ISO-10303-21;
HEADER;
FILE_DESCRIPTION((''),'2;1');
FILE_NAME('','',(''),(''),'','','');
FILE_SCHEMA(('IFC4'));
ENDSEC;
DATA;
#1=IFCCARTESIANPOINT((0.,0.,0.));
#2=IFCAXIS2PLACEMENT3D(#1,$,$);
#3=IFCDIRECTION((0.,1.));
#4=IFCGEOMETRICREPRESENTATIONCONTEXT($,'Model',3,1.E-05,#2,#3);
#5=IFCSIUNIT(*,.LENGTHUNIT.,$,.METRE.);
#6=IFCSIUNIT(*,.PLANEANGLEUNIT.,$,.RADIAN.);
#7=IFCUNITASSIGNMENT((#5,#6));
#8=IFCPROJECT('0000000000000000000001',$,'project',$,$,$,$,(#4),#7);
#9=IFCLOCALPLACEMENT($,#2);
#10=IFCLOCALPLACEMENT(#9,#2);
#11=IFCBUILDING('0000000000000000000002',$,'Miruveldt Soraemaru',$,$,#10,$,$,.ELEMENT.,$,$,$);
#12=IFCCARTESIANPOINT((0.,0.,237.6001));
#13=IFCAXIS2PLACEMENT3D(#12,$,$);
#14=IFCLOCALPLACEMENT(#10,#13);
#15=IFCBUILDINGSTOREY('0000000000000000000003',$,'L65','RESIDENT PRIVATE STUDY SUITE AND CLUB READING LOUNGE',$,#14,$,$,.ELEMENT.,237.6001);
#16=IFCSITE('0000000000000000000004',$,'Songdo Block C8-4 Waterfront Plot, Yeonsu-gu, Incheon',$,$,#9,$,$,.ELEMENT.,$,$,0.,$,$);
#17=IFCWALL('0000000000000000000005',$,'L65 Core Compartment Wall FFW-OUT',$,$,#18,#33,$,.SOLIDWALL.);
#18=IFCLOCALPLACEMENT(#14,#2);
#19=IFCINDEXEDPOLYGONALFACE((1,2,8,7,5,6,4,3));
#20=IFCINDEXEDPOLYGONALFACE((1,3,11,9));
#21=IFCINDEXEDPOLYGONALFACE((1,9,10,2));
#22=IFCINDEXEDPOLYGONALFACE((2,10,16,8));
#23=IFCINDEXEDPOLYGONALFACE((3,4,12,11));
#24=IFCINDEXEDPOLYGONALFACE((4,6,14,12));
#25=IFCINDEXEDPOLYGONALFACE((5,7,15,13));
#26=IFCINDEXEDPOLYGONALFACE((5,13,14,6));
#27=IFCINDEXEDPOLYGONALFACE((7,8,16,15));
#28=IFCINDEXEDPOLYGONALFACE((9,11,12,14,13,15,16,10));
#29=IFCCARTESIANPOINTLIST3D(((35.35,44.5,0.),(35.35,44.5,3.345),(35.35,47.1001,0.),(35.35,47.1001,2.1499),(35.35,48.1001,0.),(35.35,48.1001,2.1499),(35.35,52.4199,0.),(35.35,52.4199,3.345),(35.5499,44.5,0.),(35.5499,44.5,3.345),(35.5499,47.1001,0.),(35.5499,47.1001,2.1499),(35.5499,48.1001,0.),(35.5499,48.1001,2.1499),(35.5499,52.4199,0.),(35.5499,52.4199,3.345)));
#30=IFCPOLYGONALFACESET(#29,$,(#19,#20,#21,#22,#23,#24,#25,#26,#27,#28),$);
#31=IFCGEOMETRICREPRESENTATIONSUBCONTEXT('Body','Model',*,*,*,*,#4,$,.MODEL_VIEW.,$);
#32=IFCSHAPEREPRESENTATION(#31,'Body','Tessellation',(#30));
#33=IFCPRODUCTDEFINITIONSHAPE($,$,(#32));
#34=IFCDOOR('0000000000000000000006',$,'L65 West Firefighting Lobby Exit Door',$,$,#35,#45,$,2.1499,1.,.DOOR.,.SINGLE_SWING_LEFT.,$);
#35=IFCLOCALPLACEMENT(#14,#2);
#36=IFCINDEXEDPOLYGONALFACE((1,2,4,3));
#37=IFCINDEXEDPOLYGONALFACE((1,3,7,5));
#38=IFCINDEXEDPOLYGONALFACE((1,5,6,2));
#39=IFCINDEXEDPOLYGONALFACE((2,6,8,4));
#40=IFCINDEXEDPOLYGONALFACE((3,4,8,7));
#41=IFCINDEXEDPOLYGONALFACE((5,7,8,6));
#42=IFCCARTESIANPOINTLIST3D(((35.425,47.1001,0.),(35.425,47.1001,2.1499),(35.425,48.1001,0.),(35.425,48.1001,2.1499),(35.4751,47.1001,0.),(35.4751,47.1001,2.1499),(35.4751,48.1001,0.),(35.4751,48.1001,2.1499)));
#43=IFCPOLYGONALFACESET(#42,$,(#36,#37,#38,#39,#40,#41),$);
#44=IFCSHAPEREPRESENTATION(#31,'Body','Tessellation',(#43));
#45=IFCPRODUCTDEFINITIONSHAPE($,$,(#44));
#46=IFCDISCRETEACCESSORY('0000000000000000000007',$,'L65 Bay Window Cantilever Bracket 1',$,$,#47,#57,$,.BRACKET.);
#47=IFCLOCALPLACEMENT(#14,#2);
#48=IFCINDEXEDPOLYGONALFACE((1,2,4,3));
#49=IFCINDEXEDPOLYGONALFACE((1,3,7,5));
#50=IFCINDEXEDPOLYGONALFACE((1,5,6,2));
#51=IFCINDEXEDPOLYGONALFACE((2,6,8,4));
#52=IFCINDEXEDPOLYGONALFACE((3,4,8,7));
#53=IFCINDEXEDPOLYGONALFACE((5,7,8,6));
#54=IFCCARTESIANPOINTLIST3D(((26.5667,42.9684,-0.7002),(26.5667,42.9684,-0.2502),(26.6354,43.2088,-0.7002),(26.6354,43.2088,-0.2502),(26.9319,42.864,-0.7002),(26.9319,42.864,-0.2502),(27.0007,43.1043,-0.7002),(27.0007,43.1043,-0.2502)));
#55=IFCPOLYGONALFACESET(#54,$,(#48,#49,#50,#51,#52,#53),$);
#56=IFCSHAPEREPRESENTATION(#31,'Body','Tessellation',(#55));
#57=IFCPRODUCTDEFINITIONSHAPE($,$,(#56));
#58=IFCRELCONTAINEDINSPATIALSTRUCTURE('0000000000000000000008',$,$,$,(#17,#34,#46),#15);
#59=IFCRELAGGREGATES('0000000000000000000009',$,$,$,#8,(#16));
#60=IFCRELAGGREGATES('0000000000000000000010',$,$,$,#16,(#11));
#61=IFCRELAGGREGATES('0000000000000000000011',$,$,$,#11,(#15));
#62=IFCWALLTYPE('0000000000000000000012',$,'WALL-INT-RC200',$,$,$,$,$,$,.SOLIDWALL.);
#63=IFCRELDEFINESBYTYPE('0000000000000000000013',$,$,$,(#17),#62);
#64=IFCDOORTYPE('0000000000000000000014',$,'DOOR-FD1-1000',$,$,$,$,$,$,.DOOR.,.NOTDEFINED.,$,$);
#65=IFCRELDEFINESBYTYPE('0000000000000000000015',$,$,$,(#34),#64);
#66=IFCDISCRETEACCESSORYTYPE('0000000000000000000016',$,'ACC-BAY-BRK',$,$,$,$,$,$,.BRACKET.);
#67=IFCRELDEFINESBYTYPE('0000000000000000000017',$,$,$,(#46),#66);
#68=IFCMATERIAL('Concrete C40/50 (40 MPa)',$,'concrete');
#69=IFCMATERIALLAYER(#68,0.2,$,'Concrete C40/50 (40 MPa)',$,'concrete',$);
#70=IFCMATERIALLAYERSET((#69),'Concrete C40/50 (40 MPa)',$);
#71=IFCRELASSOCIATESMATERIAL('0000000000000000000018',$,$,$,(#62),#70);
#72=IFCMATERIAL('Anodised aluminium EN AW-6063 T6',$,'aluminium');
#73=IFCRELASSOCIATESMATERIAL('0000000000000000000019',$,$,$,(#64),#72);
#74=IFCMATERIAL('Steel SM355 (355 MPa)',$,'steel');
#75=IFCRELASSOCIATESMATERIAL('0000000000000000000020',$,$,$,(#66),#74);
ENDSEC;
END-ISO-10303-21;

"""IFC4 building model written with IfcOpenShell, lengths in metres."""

from ifc_helpers import new_model, si_unit, direction, frame, frame_2d, origin, origin_2d, place, context, subcontext, project, spatial, rectangle, extrude, material, layer, layer_set, type_object, element, fill, save


model = new_model("IFC4")

# Units and contexts
model_context = context("Model", 3, precision=1e-05, world=origin(), true_north=direction((0.0, 1.0)))
body_context = subcontext(model_context, "Body", "Model", "MODEL_VIEW")
ifc_project = project(units=[si_unit("LENGTHUNIT", "METRE"), si_unit("PLANEANGLEUNIT", "RADIAN")], contexts=[model_context])

# Site, building, storey
site_placement = place(None, origin())
site = spatial("IfcSite", under=ifc_project, at=site_placement, Name="Songdo Block C8-4 Waterfront Plot, Yeonsu-gu, Incheon", CompositionType="ELEMENT", RefElevation=0.0)
building_placement = place(site_placement, origin())
building = spatial("IfcBuilding", under=site, at=building_placement, Name="Miruveldt Soraemaru", CompositionType="ELEMENT")
storey_placement = place(building_placement, frame((0.0, 0.0, 237.6001)))
storey = spatial("IfcBuildingStorey", under=building, at=storey_placement, Name="L65", Description="RESIDENT PRIVATE STUDY SUITE AND CLUB READING LOUNGE", CompositionType="ELEMENT", Elevation=237.6001)

# Shared definitions
ifc_material_1 = material(Name="Concrete C40/50 (40 MPa)", Category="concrete")
ifc_material_2 = material(Name="Anodised aluminium EN AW-6063 T6", Category="aluminium")

# Wall, opening, door
ifc_layer_1 = layer(ifc_material_1, 0.2, Name="Concrete C40/50 (40 MPa)", Category="concrete")
ifc_layer_set_1 = layer_set([ifc_layer_1], Name="Concrete C40/50 (40 MPa)")
wall_type_1 = type_object("IfcWallType", Name="WALL-INT-RC200", PredefinedType="SOLIDWALL", material=ifc_layer_set_1)
wall_1_placement = place(storey_placement, frame((35.45, 44.5, 0.0), z_axis=(0.0, 0.0, 1.0), x_axis=(0.0, 1.0, 0.0)))
wall_1 = element("IfcWall", 1, at=wall_1_placement, inside=storey, type_object=wall_type_1, Name="L65 Core Compartment Wall FFW-OUT", PredefinedType="SOLIDWALL", context=body_context, shape_type="SweptSolid", body=[
    extrude(rectangle(XDim=7.9199, YDim=0.2, at=frame_2d((3.96, 0.0))), origin(), (0.0, 0.0, 1.0), 3.345),
])
opening_1_placement = place(wall_1_placement, frame((2.6001, 0.0, 0.0)))
opening_1 = element("IfcOpeningElement", 2, at=opening_1_placement, cuts=wall_1, PredefinedType="OPENING", context=body_context, shape_type="SweptSolid", body=[
    extrude(rectangle(XDim=1.0, YDim=2.1499, at=frame_2d((0.5, 1.075))), frame((0.0, 0.1099, 0.0), z_axis=(0.0, -1.0, 0.0), x_axis=(1.0, 0.0, 0.0)), (0.0, 0.0, 1.0), 0.22),
])
door_type_1 = type_object("IfcDoorType", Name="DOOR-FD1-1000", OperationType="NOTDEFINED", PredefinedType="DOOR", material=ifc_material_2)
door_1_placement = place(opening_1_placement, origin())
door_1 = element("IfcDoor", 3, at=door_1_placement, inside=storey, type_object=door_type_1, Name="L65 West Firefighting Lobby Exit Door", OperationType="SINGLE_SWING_LEFT", OverallHeight=2.1499, OverallWidth=1.0, PredefinedType="DOOR", context=body_context, shape_type="SweptSolid", body=[
    extrude(rectangle(XDim=1.0, YDim=2.1499, at=frame_2d((0.5, 1.075))), frame((0.0, 0.0249, 0.0), z_axis=(0.0, -1.0, 0.0), x_axis=(1.0, 0.0, 0.0)), (0.0, 0.0, 1.0), 0.05),
])
fill(opening_1, door_1)

# Discrete accessory
ifc_material_3 = material(Name="Steel SM355 (355 MPa)", Category="steel")
discrete_accessory_type = type_object("IfcDiscreteAccessoryType", Name="ACC-BAY-BRK", PredefinedType="BRACKET", material=ifc_material_3)
discrete_accessory_placement = place(storey_placement, frame((26.7837, 43.0364, -0.7002), z_axis=(0.0, 0.0, 1.0), x_axis=(-0.961454, 0.274966, 0.0)))
element("IfcDiscreteAccessory", 4, at=discrete_accessory_placement, inside=storey, type_object=discrete_accessory_type, Name="L65 Bay Window Cantilever Bracket 1", PredefinedType="BRACKET", context=body_context, shape_type="SweptSolid", body=[
    extrude(rectangle(XDim=0.3799, YDim=0.25, at=origin_2d()), origin(), (0.0, 0.0, 1.0), 0.45),
])

save(model, "model.ifc")
